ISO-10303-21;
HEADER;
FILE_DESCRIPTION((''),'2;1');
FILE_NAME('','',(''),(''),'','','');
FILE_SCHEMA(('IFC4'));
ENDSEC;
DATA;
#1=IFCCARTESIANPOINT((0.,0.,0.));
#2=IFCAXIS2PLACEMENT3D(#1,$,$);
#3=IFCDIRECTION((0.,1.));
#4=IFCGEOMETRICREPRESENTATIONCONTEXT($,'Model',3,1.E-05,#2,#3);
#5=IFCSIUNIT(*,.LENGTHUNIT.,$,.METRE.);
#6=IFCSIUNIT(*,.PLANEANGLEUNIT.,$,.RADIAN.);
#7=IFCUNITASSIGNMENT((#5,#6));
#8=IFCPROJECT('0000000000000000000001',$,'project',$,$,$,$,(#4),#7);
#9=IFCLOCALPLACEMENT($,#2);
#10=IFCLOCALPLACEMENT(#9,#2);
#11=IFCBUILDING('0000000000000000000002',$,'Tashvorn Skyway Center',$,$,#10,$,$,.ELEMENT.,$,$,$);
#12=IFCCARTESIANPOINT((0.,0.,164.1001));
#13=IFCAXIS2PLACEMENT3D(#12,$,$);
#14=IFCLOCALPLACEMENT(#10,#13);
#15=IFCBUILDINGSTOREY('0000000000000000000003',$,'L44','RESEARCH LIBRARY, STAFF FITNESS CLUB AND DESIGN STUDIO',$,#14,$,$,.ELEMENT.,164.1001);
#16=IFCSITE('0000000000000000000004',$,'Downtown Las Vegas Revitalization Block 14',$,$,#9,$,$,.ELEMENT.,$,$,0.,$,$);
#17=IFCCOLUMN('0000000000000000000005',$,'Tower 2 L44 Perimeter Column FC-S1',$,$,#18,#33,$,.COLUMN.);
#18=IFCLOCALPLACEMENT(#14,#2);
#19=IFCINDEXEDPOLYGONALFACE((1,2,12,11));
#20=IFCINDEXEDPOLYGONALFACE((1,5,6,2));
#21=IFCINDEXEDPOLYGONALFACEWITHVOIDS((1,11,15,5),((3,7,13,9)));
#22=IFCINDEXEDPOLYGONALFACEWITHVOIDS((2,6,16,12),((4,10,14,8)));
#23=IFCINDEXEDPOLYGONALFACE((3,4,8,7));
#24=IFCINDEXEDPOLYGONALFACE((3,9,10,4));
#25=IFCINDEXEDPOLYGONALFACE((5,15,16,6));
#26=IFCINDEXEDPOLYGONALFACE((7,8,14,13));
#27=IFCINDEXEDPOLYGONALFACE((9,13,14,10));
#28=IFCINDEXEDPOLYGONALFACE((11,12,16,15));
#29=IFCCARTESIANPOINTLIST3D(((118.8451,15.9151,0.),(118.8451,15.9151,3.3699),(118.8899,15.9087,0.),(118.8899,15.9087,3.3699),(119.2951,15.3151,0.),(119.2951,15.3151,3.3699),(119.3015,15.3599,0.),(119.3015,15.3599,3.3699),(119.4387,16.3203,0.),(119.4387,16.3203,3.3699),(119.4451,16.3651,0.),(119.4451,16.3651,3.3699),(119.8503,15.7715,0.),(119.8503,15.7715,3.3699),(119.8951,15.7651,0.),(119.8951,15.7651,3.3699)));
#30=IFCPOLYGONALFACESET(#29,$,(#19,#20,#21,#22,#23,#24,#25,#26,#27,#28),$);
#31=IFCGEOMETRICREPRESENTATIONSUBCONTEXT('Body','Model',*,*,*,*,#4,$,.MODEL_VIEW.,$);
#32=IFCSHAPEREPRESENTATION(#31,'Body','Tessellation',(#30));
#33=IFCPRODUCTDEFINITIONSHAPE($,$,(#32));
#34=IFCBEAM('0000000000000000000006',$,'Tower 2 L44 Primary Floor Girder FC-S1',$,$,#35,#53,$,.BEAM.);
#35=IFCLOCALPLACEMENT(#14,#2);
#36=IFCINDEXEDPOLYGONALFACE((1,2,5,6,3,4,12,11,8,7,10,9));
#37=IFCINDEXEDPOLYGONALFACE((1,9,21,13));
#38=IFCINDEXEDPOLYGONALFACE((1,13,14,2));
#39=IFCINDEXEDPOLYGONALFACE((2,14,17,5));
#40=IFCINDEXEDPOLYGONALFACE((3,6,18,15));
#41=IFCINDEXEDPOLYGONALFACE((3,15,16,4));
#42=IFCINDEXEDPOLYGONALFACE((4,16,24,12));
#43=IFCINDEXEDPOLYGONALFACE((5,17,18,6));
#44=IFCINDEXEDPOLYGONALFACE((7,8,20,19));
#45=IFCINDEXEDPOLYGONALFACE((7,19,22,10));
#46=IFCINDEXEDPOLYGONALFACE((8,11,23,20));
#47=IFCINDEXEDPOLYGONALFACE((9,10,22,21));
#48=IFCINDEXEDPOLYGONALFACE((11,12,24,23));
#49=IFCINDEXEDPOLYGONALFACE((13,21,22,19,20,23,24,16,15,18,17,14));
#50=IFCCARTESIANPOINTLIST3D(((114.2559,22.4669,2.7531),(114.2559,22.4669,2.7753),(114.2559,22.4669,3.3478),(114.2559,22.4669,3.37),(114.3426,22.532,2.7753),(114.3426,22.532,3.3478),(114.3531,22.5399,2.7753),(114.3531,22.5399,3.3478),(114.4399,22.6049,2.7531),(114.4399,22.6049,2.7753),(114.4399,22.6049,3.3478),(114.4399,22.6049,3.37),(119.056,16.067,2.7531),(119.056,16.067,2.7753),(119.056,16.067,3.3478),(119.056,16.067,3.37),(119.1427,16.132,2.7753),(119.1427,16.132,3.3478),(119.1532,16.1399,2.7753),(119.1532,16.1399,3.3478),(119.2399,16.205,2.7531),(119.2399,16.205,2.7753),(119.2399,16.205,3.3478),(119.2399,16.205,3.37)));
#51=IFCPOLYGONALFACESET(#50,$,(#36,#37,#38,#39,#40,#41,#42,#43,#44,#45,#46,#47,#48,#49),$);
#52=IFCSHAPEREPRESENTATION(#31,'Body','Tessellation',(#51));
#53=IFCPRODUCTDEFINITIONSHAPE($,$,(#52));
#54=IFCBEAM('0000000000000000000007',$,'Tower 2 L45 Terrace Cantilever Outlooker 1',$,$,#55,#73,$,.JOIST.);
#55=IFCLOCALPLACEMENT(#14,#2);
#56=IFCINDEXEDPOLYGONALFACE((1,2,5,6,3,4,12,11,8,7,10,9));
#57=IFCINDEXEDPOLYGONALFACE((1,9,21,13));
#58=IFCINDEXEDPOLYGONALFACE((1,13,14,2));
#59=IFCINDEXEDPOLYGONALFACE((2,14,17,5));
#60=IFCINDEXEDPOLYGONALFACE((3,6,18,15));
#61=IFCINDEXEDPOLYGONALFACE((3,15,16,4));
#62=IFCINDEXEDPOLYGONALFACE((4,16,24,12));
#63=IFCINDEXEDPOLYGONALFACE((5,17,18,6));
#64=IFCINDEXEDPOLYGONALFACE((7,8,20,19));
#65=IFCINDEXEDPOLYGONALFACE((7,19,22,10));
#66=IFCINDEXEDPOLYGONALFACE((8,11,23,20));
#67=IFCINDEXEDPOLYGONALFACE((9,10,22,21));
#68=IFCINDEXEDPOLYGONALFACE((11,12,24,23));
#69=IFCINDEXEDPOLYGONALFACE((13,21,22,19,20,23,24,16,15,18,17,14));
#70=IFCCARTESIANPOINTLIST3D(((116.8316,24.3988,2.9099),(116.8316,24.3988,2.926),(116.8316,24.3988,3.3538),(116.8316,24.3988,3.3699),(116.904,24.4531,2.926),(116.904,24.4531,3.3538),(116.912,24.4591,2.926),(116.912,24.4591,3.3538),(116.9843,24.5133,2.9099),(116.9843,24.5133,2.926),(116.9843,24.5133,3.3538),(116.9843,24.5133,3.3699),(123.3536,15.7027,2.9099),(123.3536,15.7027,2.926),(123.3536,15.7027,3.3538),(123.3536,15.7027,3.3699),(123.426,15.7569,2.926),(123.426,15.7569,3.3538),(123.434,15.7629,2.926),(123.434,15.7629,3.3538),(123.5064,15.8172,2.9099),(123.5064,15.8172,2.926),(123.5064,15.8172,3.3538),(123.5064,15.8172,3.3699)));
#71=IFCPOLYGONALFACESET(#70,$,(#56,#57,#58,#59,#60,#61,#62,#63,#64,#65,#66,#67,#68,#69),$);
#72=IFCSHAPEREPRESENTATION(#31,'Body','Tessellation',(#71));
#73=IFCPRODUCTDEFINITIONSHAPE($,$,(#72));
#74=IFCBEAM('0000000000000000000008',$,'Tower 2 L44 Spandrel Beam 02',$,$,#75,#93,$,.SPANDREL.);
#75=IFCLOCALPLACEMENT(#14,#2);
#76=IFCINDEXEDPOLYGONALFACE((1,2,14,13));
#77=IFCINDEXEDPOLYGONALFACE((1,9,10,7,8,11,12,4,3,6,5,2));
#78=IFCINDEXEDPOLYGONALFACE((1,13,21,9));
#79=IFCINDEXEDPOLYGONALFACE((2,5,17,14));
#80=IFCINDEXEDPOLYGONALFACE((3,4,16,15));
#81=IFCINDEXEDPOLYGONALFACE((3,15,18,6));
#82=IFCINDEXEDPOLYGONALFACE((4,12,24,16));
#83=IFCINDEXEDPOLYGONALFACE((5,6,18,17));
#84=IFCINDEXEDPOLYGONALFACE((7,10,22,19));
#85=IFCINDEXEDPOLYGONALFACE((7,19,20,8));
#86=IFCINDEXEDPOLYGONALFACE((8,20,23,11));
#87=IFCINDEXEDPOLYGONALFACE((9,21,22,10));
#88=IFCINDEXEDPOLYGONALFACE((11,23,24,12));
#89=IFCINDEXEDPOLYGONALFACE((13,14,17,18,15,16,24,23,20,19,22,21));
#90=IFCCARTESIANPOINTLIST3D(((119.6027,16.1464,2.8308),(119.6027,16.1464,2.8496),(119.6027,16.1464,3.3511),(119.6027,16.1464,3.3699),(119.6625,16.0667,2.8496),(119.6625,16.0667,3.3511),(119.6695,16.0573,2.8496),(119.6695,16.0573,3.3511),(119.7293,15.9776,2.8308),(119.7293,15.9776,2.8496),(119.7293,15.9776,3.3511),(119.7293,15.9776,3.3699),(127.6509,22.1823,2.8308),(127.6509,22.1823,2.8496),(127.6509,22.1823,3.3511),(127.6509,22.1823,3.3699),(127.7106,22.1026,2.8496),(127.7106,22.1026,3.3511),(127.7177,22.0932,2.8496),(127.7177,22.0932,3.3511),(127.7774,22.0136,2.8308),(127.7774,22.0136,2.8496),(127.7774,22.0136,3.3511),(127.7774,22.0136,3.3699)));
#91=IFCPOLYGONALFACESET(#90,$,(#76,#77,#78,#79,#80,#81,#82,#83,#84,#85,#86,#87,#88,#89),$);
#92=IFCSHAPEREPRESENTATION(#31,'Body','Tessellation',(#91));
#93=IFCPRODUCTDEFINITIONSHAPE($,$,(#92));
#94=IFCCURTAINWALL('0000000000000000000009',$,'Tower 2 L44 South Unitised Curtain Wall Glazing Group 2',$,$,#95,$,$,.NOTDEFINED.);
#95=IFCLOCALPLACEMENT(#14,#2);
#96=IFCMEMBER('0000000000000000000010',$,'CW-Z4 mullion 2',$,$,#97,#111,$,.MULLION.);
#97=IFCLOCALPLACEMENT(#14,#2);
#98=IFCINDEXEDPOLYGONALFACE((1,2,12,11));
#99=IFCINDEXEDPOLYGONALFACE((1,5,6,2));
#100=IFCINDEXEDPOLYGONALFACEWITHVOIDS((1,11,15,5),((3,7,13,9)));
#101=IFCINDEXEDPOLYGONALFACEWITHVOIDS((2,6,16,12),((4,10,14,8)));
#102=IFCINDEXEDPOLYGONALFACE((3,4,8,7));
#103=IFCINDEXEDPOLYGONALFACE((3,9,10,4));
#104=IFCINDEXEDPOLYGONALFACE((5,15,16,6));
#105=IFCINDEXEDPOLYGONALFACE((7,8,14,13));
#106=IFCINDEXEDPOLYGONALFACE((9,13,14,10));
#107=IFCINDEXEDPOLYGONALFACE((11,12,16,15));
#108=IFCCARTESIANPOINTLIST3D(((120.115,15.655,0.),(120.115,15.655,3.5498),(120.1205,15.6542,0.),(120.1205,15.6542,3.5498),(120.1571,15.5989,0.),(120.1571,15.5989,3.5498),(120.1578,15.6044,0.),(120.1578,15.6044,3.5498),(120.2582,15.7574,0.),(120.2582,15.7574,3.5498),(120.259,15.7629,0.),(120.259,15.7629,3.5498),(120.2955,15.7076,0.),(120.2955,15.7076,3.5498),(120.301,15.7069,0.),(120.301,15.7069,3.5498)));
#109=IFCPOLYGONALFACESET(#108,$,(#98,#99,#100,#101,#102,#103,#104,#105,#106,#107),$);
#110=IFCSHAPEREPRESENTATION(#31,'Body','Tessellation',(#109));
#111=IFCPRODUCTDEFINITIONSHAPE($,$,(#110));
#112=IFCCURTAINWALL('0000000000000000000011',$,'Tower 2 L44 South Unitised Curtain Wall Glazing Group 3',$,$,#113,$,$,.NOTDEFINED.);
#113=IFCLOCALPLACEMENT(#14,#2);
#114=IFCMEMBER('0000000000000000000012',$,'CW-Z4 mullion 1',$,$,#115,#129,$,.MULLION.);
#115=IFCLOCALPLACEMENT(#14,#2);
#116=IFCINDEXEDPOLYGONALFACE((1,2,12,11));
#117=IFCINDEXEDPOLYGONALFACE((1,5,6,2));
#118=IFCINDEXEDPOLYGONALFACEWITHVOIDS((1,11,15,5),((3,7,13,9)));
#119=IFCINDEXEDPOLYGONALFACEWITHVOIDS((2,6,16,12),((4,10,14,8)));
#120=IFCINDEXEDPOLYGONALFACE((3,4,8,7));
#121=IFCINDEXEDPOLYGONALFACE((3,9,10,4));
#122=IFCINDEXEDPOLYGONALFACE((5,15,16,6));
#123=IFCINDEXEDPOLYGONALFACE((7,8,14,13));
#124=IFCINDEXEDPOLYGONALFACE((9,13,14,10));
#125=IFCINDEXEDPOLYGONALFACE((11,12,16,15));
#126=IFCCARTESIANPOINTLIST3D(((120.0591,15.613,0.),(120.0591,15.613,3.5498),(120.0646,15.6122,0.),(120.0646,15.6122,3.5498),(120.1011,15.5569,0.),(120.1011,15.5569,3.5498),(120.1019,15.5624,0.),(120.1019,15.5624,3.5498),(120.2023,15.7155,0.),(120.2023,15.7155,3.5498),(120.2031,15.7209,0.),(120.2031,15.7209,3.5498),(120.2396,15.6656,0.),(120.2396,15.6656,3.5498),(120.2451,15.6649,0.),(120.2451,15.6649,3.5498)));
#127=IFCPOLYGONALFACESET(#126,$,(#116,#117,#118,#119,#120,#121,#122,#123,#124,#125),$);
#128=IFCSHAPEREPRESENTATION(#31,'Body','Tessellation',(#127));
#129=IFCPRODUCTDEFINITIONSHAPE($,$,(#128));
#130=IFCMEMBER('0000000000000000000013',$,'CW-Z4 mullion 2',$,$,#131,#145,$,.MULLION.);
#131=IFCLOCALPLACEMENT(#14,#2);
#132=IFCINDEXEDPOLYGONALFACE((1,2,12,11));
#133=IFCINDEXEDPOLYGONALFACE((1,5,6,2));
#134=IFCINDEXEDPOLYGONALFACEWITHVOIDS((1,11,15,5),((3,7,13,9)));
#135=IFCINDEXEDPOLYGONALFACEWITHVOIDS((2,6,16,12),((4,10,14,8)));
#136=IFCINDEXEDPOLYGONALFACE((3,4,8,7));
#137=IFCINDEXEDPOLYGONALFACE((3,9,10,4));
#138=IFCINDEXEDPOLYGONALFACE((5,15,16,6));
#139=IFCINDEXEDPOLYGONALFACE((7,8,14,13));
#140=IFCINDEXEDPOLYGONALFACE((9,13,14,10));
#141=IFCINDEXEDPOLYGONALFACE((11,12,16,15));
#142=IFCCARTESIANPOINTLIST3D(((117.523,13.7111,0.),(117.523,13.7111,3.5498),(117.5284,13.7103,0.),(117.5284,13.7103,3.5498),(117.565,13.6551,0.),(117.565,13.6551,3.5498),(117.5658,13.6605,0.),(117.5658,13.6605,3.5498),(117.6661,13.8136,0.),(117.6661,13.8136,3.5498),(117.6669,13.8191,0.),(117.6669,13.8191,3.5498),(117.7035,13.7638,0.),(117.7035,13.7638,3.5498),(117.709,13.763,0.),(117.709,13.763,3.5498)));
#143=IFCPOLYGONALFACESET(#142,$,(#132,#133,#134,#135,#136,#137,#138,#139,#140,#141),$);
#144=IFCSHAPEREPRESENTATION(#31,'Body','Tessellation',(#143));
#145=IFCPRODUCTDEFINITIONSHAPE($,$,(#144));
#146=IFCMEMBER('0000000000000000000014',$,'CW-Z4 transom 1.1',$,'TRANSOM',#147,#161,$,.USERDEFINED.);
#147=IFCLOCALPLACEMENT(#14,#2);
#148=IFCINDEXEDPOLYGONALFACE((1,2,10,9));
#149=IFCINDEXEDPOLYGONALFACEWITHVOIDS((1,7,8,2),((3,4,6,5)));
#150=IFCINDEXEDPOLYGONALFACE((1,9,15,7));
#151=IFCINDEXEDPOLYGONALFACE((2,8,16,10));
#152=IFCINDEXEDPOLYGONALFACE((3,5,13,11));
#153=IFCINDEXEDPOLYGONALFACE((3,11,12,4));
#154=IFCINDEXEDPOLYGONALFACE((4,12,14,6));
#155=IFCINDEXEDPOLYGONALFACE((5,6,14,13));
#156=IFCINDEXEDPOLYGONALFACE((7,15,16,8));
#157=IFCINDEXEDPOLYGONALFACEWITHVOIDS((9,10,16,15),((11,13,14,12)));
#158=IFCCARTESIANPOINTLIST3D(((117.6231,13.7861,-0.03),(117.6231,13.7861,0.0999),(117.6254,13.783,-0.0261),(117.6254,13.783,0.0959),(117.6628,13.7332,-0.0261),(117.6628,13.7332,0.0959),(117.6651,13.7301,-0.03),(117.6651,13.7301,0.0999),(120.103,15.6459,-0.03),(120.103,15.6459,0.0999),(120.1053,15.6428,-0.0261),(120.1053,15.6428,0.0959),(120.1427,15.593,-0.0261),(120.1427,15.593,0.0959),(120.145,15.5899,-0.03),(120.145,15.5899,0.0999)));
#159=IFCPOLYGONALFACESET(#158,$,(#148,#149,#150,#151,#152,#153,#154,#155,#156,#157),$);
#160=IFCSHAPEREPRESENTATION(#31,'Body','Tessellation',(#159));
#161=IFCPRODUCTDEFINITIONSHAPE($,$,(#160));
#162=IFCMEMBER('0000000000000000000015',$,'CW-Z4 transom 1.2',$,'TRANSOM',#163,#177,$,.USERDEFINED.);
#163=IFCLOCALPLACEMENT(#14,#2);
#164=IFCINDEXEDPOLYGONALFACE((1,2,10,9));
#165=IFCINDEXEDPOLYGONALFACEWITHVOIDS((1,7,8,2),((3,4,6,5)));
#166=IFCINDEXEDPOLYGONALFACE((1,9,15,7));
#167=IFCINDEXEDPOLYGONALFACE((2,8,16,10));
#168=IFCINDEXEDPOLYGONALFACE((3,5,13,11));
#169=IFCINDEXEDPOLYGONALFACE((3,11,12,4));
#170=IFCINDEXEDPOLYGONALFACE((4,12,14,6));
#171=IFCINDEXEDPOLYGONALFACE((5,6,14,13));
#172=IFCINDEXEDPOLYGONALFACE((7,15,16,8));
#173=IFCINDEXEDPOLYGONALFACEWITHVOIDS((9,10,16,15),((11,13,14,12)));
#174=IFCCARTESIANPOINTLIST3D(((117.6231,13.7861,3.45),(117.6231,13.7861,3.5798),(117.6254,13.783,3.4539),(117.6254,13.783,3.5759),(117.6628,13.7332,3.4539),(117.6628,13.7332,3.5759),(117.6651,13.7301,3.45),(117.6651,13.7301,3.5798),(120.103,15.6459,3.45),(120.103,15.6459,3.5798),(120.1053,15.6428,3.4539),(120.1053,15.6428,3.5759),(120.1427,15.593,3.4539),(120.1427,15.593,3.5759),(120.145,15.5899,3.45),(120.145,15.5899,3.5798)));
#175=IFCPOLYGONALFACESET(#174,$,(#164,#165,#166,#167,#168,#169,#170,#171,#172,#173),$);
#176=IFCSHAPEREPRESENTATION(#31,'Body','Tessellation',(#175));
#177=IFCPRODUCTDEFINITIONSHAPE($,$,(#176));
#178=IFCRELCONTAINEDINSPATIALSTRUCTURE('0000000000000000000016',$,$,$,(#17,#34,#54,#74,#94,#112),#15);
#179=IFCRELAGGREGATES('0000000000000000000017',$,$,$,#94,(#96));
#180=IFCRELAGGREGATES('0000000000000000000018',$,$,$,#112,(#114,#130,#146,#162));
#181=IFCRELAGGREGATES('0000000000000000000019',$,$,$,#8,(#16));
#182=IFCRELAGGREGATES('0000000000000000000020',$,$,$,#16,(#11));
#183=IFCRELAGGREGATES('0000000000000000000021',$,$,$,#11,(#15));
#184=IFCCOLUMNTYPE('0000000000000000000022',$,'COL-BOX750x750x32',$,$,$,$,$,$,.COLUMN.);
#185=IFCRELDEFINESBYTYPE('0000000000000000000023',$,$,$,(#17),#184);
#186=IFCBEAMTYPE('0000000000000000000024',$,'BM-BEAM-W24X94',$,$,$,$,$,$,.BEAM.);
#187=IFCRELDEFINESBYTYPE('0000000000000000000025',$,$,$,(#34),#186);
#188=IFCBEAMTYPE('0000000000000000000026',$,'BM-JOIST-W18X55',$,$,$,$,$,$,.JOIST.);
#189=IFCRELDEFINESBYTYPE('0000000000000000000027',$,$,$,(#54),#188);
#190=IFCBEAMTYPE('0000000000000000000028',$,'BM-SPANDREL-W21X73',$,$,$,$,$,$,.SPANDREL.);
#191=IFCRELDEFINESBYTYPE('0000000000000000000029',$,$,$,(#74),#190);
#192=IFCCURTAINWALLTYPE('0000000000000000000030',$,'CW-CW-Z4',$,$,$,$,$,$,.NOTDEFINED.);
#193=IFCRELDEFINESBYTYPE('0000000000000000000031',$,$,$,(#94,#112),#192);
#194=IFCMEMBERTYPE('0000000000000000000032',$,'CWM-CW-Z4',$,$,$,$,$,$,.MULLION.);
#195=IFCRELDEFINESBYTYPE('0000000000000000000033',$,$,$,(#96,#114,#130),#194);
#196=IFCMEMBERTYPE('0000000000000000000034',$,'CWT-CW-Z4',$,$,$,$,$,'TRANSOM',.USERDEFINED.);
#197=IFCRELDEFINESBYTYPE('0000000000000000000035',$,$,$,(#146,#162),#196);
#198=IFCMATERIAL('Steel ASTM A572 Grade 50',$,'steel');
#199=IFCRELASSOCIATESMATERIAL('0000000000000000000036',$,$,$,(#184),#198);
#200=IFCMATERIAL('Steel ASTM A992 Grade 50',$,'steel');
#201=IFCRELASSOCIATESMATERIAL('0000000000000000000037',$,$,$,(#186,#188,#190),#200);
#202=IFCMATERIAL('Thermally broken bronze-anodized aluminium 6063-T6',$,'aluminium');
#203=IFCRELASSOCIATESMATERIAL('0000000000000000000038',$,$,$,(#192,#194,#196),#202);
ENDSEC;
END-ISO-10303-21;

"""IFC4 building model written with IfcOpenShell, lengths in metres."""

from ifc_helpers import new_model, si_unit, direction, frame, origin, origin_2d, place, context, subcontext, project, spatial, hollow_rectangle, i_section, extrude, material, material_profile, profile_set, type_object, element, aggregate, save


model = new_model("IFC4")

# Units and contexts
model_context = context("Model", 3, precision=1e-05, world=origin(), true_north=direction((0.0, 1.0)))
body_context = subcontext(model_context, "Body", "Model", "MODEL_VIEW")
ifc_project = project(units=[si_unit("LENGTHUNIT", "METRE"), si_unit("PLANEANGLEUNIT", "RADIAN")], contexts=[model_context])

# Site, building, storey
site_placement = place(None, origin())
site = spatial("IfcSite", under=ifc_project, at=site_placement, Name="Downtown Las Vegas Revitalization Block 14", CompositionType="ELEMENT", RefElevation=0.0)
building_placement = place(site_placement, origin())
building = spatial("IfcBuilding", under=site, at=building_placement, Name="Tashvorn Skyway Center", CompositionType="ELEMENT")
storey_placement = place(building_placement, frame((0.0, 0.0, 164.1001)))
storey = spatial("IfcBuildingStorey", under=building, at=storey_placement, Name="L44", Description="RESEARCH LIBRARY, STAFF FITNESS CLUB AND DESIGN STUDIO", CompositionType="ELEMENT", Elevation=164.1001)

# Column
ifc_material_1 = material(Name="Steel ASTM A572 Grade 50", Category="steel")
ifc_material_profile_1 = material_profile(ifc_material_1, hollow_rectangle(XDim=0.75, YDim=0.75, WallThickness=0.032, at=origin_2d()), Name="BOX750x750x32")
ifc_profile_set_1 = profile_set([ifc_material_profile_1], Name="Steel ASTM A572 Grade 50")
column_type = type_object("IfcColumnType", Name="COL-BOX750x750x32", PredefinedType="COLUMN", material=ifc_profile_set_1)
column_placement = place(storey_placement, frame((119.3701, 15.8401, 0.0), z_axis=(0.0, 0.0, 1.0), x_axis=(0.8, 0.6, 0.0)))
element("IfcColumn", 1, at=column_placement, inside=storey, type_object=column_type, Name="Tower 2 L44 Perimeter Column FC-S1", PredefinedType="COLUMN", context=body_context, shape_type="SweptSolid", body=[
    extrude(hollow_rectangle(XDim=0.75, YDim=0.75, WallThickness=0.032, at=origin_2d()), origin(), (0.0, 0.0, 1.0), 3.3699),
])

# Beams
ifc_material_2 = material(Name="Steel ASTM A992 Grade 50", Category="steel")
ifc_material_profile_2 = material_profile(ifc_material_2, i_section(OverallWidth=0.23, OverallDepth=0.6169, WebThickness=0.0132, FlangeThickness=0.0222, at=origin_2d()), Name="W24X94")
ifc_profile_set_2 = profile_set([ifc_material_profile_2], Name="Steel ASTM A992 Grade 50")
beam_type_1 = type_object("IfcBeamType", Name="BM-BEAM-W24X94", PredefinedType="BEAM", material=ifc_profile_set_2)
beam_1_placement = place(storey_placement, frame((119.1479, 16.136, 3.0615), z_axis=(-0.60001, 0.799993, 0.0), x_axis=(-0.799993, -0.60001, 0.0)))
element("IfcBeam", 2, at=beam_1_placement, inside=storey, type_object=beam_type_1, Name="Tower 2 L44 Primary Floor Girder FC-S1", PredefinedType="BEAM", context=body_context, shape_type="SweptSolid", body=[
    extrude(i_section(OverallWidth=0.23, OverallDepth=0.6169, WebThickness=0.0132, FlangeThickness=0.0222, at=origin_2d()), origin(), (0.0, 0.0, 1.0), 8.0),
])
ifc_material_profile_3 = material_profile(ifc_material_2, i_section(OverallWidth=0.1909, OverallDepth=0.46, WebThickness=0.01, FlangeThickness=0.0161, at=origin_2d()), Name="W18X55")
ifc_profile_set_3 = profile_set([ifc_material_profile_3], Name="Steel ASTM A992 Grade 50")
beam_type_2 = type_object("IfcBeamType", Name="BM-JOIST-W18X55", PredefinedType="JOIST", material=ifc_profile_set_3)
beam_2_placement = place(storey_placement, frame((116.908, 24.4561, 3.1399), z_axis=(0.599996, -0.800003, 0.0), x_axis=(0.800003, 0.599996, 0.0)))
element("IfcBeam", 3, at=beam_2_placement, inside=storey, type_object=beam_type_2, Name="Tower 2 L45 Terrace Cantilever Outlooker 1", PredefinedType="JOIST", context=body_context, shape_type="SweptSolid", body=[
    extrude(i_section(OverallWidth=0.1909, OverallDepth=0.46, WebThickness=0.01, FlangeThickness=0.0161, at=origin_2d()), origin(), (0.0, 0.0, 1.0), 10.8701),
])
ifc_material_profile_4 = material_profile(ifc_material_2, i_section(OverallWidth=0.2109, OverallDepth=0.5391, WebThickness=0.0117, FlangeThickness=0.0188, at=origin_2d()), Name="W21X73")
ifc_profile_set_4 = profile_set([ifc_material_profile_4], Name="Steel ASTM A992 Grade 50")
beam_type_3 = type_object("IfcBeamType", Name="BM-SPANDREL-W21X73", PredefinedType="SPANDREL", material=ifc_profile_set_4)
beam_3_placement = place(storey_placement, frame((119.666, 16.062, 3.1003), z_axis=(0.800009, 0.599988, 0.0), x_axis=(-0.599988, 0.800009, 0.0)))
element("IfcBeam", 4, at=beam_3_placement, inside=storey, type_object=beam_type_3, Name="Tower 2 L44 Spandrel Beam 02", PredefinedType="SPANDREL", context=body_context, shape_type="SweptSolid", body=[
    extrude(i_section(OverallWidth=0.2109, OverallDepth=0.5391, WebThickness=0.0117, FlangeThickness=0.0188, at=origin_2d()), origin(), (0.0, 0.0, 1.0), 10.0601),
])

# Curtain wall, member
ifc_material_3 = material(Name="Thermally broken bronze-anodized aluminium 6063-T6", Category="aluminium")
curtain_wall_type = type_object("IfcCurtainWallType", Name="CW-CW-Z4", PredefinedType="NOTDEFINED", material=ifc_material_3)
curtain_wall_1_placement = place(storey_placement, origin())
curtain_wall_1 = element("IfcCurtainWall", 5, at=curtain_wall_1_placement, inside=storey, type_object=curtain_wall_type, Name="Tower 2 L44 South Unitised Curtain Wall Glazing Group 2", PredefinedType="NOTDEFINED")
ifc_material_profile_5 = material_profile(ifc_material_3, hollow_rectangle(XDim=0.0701, YDim=0.1799, WallThickness=0.0039, at=origin_2d()), Name="ALU-MULL-70x180")
ifc_profile_set_5 = profile_set([ifc_material_profile_5], Name="Thermally broken bronze-anodized aluminium 6063-T6")
member_type_1 = type_object("IfcMemberType", Name="CWM-CW-Z4", PredefinedType="MULLION", material=ifc_profile_set_5)
member_1_placement = place(storey_placement, frame((120.208, 15.6809, 0.0), z_axis=(0.0, 0.0, 1.0), x_axis=(0.6, -0.8, 0.0)))
member_1 = element("IfcMember", 6, at=member_1_placement, type_object=member_type_1, Name="CW-Z4 mullion 2", PredefinedType="MULLION", context=body_context, shape_type="SweptSolid", body=[
    extrude(hollow_rectangle(XDim=0.0701, YDim=0.1799, WallThickness=0.0039, at=origin_2d()), origin(), (0.0, 0.0, 1.0), 3.5498),
])
aggregate(curtain_wall_1, [member_1])

# Curtain wall, members
curtain_wall_2_placement = place(storey_placement, origin())
curtain_wall_2 = element("IfcCurtainWall", 7, at=curtain_wall_2_placement, inside=storey, type_object=curtain_wall_type, Name="Tower 2 L44 South Unitised Curtain Wall Glazing Group 3", PredefinedType="NOTDEFINED")
member_2_placement = place(storey_placement, frame((120.1521, 15.6389, 0.0), z_axis=(0.0, 0.0, 1.0), x_axis=(0.6, -0.8, 0.0)))
member_2 = element("IfcMember", 8, at=member_2_placement, type_object=member_type_1, Name="CW-Z4 mullion 1", PredefinedType="MULLION", context=body_context, shape_type="SweptSolid", body=[
    extrude(hollow_rectangle(XDim=0.0701, YDim=0.1799, WallThickness=0.0039, at=origin_2d()), origin(), (0.0, 0.0, 1.0), 3.5498),
])
member_3_placement = place(storey_placement, frame((117.616, 13.7371, 0.0), z_axis=(0.0, 0.0, 1.0), x_axis=(0.6, -0.8, 0.0)))
member_3 = element("IfcMember", 9, at=member_3_placement, type_object=member_type_1, Name="CW-Z4 mullion 2", PredefinedType="MULLION", context=body_context, shape_type="SweptSolid", body=[
    extrude(hollow_rectangle(XDim=0.0701, YDim=0.1799, WallThickness=0.0039, at=origin_2d()), origin(), (0.0, 0.0, 1.0), 3.5498),
])
ifc_material_profile_6 = material_profile(ifc_material_3, hollow_rectangle(XDim=0.0701, YDim=0.1299, WallThickness=0.0039, at=origin_2d()), Name="ALU-TRAN-70x130")
ifc_profile_set_6 = profile_set([ifc_material_profile_6], Name="Thermally broken bronze-anodized aluminium 6063-T6")
member_type_2 = type_object("IfcMemberType", Name="CWT-CW-Z4", ElementType="TRANSOM", PredefinedType="USERDEFINED", material=ifc_profile_set_6)
member_4_placement = place(storey_placement, frame((120.124, 15.6179, 0.0349), z_axis=(-0.800019, -0.599975, 0.0), x_axis=(0.599975, -0.800019, 0.0)))
member_4 = element("IfcMember", 10, at=member_4_placement, type_object=member_type_2, Name="CW-Z4 transom 1.1", ObjectType="TRANSOM", PredefinedType="USERDEFINED", context=body_context, shape_type="SweptSolid", body=[
    extrude(hollow_rectangle(XDim=0.0701, YDim=0.1299, WallThickness=0.0039, at=origin_2d()), origin(), (0.0, 0.0, 1.0), 3.0999),
])
member_5_placement = place(storey_placement, frame((120.124, 15.6179, 3.5149), z_axis=(-0.800019, -0.599975, 0.0), x_axis=(0.599975, -0.800019, 0.0)))
member_5 = element("IfcMember", 11, at=member_5_placement, type_object=member_type_2, Name="CW-Z4 transom 1.2", ObjectType="TRANSOM", PredefinedType="USERDEFINED", context=body_context, shape_type="SweptSolid", body=[
    extrude(hollow_rectangle(XDim=0.0701, YDim=0.1299, WallThickness=0.0039, at=origin_2d()), origin(), (0.0, 0.0, 1.0), 3.0999),
])
aggregate(curtain_wall_2, [member_2, member_3, member_4, member_5])

save(model, "model.ifc")
